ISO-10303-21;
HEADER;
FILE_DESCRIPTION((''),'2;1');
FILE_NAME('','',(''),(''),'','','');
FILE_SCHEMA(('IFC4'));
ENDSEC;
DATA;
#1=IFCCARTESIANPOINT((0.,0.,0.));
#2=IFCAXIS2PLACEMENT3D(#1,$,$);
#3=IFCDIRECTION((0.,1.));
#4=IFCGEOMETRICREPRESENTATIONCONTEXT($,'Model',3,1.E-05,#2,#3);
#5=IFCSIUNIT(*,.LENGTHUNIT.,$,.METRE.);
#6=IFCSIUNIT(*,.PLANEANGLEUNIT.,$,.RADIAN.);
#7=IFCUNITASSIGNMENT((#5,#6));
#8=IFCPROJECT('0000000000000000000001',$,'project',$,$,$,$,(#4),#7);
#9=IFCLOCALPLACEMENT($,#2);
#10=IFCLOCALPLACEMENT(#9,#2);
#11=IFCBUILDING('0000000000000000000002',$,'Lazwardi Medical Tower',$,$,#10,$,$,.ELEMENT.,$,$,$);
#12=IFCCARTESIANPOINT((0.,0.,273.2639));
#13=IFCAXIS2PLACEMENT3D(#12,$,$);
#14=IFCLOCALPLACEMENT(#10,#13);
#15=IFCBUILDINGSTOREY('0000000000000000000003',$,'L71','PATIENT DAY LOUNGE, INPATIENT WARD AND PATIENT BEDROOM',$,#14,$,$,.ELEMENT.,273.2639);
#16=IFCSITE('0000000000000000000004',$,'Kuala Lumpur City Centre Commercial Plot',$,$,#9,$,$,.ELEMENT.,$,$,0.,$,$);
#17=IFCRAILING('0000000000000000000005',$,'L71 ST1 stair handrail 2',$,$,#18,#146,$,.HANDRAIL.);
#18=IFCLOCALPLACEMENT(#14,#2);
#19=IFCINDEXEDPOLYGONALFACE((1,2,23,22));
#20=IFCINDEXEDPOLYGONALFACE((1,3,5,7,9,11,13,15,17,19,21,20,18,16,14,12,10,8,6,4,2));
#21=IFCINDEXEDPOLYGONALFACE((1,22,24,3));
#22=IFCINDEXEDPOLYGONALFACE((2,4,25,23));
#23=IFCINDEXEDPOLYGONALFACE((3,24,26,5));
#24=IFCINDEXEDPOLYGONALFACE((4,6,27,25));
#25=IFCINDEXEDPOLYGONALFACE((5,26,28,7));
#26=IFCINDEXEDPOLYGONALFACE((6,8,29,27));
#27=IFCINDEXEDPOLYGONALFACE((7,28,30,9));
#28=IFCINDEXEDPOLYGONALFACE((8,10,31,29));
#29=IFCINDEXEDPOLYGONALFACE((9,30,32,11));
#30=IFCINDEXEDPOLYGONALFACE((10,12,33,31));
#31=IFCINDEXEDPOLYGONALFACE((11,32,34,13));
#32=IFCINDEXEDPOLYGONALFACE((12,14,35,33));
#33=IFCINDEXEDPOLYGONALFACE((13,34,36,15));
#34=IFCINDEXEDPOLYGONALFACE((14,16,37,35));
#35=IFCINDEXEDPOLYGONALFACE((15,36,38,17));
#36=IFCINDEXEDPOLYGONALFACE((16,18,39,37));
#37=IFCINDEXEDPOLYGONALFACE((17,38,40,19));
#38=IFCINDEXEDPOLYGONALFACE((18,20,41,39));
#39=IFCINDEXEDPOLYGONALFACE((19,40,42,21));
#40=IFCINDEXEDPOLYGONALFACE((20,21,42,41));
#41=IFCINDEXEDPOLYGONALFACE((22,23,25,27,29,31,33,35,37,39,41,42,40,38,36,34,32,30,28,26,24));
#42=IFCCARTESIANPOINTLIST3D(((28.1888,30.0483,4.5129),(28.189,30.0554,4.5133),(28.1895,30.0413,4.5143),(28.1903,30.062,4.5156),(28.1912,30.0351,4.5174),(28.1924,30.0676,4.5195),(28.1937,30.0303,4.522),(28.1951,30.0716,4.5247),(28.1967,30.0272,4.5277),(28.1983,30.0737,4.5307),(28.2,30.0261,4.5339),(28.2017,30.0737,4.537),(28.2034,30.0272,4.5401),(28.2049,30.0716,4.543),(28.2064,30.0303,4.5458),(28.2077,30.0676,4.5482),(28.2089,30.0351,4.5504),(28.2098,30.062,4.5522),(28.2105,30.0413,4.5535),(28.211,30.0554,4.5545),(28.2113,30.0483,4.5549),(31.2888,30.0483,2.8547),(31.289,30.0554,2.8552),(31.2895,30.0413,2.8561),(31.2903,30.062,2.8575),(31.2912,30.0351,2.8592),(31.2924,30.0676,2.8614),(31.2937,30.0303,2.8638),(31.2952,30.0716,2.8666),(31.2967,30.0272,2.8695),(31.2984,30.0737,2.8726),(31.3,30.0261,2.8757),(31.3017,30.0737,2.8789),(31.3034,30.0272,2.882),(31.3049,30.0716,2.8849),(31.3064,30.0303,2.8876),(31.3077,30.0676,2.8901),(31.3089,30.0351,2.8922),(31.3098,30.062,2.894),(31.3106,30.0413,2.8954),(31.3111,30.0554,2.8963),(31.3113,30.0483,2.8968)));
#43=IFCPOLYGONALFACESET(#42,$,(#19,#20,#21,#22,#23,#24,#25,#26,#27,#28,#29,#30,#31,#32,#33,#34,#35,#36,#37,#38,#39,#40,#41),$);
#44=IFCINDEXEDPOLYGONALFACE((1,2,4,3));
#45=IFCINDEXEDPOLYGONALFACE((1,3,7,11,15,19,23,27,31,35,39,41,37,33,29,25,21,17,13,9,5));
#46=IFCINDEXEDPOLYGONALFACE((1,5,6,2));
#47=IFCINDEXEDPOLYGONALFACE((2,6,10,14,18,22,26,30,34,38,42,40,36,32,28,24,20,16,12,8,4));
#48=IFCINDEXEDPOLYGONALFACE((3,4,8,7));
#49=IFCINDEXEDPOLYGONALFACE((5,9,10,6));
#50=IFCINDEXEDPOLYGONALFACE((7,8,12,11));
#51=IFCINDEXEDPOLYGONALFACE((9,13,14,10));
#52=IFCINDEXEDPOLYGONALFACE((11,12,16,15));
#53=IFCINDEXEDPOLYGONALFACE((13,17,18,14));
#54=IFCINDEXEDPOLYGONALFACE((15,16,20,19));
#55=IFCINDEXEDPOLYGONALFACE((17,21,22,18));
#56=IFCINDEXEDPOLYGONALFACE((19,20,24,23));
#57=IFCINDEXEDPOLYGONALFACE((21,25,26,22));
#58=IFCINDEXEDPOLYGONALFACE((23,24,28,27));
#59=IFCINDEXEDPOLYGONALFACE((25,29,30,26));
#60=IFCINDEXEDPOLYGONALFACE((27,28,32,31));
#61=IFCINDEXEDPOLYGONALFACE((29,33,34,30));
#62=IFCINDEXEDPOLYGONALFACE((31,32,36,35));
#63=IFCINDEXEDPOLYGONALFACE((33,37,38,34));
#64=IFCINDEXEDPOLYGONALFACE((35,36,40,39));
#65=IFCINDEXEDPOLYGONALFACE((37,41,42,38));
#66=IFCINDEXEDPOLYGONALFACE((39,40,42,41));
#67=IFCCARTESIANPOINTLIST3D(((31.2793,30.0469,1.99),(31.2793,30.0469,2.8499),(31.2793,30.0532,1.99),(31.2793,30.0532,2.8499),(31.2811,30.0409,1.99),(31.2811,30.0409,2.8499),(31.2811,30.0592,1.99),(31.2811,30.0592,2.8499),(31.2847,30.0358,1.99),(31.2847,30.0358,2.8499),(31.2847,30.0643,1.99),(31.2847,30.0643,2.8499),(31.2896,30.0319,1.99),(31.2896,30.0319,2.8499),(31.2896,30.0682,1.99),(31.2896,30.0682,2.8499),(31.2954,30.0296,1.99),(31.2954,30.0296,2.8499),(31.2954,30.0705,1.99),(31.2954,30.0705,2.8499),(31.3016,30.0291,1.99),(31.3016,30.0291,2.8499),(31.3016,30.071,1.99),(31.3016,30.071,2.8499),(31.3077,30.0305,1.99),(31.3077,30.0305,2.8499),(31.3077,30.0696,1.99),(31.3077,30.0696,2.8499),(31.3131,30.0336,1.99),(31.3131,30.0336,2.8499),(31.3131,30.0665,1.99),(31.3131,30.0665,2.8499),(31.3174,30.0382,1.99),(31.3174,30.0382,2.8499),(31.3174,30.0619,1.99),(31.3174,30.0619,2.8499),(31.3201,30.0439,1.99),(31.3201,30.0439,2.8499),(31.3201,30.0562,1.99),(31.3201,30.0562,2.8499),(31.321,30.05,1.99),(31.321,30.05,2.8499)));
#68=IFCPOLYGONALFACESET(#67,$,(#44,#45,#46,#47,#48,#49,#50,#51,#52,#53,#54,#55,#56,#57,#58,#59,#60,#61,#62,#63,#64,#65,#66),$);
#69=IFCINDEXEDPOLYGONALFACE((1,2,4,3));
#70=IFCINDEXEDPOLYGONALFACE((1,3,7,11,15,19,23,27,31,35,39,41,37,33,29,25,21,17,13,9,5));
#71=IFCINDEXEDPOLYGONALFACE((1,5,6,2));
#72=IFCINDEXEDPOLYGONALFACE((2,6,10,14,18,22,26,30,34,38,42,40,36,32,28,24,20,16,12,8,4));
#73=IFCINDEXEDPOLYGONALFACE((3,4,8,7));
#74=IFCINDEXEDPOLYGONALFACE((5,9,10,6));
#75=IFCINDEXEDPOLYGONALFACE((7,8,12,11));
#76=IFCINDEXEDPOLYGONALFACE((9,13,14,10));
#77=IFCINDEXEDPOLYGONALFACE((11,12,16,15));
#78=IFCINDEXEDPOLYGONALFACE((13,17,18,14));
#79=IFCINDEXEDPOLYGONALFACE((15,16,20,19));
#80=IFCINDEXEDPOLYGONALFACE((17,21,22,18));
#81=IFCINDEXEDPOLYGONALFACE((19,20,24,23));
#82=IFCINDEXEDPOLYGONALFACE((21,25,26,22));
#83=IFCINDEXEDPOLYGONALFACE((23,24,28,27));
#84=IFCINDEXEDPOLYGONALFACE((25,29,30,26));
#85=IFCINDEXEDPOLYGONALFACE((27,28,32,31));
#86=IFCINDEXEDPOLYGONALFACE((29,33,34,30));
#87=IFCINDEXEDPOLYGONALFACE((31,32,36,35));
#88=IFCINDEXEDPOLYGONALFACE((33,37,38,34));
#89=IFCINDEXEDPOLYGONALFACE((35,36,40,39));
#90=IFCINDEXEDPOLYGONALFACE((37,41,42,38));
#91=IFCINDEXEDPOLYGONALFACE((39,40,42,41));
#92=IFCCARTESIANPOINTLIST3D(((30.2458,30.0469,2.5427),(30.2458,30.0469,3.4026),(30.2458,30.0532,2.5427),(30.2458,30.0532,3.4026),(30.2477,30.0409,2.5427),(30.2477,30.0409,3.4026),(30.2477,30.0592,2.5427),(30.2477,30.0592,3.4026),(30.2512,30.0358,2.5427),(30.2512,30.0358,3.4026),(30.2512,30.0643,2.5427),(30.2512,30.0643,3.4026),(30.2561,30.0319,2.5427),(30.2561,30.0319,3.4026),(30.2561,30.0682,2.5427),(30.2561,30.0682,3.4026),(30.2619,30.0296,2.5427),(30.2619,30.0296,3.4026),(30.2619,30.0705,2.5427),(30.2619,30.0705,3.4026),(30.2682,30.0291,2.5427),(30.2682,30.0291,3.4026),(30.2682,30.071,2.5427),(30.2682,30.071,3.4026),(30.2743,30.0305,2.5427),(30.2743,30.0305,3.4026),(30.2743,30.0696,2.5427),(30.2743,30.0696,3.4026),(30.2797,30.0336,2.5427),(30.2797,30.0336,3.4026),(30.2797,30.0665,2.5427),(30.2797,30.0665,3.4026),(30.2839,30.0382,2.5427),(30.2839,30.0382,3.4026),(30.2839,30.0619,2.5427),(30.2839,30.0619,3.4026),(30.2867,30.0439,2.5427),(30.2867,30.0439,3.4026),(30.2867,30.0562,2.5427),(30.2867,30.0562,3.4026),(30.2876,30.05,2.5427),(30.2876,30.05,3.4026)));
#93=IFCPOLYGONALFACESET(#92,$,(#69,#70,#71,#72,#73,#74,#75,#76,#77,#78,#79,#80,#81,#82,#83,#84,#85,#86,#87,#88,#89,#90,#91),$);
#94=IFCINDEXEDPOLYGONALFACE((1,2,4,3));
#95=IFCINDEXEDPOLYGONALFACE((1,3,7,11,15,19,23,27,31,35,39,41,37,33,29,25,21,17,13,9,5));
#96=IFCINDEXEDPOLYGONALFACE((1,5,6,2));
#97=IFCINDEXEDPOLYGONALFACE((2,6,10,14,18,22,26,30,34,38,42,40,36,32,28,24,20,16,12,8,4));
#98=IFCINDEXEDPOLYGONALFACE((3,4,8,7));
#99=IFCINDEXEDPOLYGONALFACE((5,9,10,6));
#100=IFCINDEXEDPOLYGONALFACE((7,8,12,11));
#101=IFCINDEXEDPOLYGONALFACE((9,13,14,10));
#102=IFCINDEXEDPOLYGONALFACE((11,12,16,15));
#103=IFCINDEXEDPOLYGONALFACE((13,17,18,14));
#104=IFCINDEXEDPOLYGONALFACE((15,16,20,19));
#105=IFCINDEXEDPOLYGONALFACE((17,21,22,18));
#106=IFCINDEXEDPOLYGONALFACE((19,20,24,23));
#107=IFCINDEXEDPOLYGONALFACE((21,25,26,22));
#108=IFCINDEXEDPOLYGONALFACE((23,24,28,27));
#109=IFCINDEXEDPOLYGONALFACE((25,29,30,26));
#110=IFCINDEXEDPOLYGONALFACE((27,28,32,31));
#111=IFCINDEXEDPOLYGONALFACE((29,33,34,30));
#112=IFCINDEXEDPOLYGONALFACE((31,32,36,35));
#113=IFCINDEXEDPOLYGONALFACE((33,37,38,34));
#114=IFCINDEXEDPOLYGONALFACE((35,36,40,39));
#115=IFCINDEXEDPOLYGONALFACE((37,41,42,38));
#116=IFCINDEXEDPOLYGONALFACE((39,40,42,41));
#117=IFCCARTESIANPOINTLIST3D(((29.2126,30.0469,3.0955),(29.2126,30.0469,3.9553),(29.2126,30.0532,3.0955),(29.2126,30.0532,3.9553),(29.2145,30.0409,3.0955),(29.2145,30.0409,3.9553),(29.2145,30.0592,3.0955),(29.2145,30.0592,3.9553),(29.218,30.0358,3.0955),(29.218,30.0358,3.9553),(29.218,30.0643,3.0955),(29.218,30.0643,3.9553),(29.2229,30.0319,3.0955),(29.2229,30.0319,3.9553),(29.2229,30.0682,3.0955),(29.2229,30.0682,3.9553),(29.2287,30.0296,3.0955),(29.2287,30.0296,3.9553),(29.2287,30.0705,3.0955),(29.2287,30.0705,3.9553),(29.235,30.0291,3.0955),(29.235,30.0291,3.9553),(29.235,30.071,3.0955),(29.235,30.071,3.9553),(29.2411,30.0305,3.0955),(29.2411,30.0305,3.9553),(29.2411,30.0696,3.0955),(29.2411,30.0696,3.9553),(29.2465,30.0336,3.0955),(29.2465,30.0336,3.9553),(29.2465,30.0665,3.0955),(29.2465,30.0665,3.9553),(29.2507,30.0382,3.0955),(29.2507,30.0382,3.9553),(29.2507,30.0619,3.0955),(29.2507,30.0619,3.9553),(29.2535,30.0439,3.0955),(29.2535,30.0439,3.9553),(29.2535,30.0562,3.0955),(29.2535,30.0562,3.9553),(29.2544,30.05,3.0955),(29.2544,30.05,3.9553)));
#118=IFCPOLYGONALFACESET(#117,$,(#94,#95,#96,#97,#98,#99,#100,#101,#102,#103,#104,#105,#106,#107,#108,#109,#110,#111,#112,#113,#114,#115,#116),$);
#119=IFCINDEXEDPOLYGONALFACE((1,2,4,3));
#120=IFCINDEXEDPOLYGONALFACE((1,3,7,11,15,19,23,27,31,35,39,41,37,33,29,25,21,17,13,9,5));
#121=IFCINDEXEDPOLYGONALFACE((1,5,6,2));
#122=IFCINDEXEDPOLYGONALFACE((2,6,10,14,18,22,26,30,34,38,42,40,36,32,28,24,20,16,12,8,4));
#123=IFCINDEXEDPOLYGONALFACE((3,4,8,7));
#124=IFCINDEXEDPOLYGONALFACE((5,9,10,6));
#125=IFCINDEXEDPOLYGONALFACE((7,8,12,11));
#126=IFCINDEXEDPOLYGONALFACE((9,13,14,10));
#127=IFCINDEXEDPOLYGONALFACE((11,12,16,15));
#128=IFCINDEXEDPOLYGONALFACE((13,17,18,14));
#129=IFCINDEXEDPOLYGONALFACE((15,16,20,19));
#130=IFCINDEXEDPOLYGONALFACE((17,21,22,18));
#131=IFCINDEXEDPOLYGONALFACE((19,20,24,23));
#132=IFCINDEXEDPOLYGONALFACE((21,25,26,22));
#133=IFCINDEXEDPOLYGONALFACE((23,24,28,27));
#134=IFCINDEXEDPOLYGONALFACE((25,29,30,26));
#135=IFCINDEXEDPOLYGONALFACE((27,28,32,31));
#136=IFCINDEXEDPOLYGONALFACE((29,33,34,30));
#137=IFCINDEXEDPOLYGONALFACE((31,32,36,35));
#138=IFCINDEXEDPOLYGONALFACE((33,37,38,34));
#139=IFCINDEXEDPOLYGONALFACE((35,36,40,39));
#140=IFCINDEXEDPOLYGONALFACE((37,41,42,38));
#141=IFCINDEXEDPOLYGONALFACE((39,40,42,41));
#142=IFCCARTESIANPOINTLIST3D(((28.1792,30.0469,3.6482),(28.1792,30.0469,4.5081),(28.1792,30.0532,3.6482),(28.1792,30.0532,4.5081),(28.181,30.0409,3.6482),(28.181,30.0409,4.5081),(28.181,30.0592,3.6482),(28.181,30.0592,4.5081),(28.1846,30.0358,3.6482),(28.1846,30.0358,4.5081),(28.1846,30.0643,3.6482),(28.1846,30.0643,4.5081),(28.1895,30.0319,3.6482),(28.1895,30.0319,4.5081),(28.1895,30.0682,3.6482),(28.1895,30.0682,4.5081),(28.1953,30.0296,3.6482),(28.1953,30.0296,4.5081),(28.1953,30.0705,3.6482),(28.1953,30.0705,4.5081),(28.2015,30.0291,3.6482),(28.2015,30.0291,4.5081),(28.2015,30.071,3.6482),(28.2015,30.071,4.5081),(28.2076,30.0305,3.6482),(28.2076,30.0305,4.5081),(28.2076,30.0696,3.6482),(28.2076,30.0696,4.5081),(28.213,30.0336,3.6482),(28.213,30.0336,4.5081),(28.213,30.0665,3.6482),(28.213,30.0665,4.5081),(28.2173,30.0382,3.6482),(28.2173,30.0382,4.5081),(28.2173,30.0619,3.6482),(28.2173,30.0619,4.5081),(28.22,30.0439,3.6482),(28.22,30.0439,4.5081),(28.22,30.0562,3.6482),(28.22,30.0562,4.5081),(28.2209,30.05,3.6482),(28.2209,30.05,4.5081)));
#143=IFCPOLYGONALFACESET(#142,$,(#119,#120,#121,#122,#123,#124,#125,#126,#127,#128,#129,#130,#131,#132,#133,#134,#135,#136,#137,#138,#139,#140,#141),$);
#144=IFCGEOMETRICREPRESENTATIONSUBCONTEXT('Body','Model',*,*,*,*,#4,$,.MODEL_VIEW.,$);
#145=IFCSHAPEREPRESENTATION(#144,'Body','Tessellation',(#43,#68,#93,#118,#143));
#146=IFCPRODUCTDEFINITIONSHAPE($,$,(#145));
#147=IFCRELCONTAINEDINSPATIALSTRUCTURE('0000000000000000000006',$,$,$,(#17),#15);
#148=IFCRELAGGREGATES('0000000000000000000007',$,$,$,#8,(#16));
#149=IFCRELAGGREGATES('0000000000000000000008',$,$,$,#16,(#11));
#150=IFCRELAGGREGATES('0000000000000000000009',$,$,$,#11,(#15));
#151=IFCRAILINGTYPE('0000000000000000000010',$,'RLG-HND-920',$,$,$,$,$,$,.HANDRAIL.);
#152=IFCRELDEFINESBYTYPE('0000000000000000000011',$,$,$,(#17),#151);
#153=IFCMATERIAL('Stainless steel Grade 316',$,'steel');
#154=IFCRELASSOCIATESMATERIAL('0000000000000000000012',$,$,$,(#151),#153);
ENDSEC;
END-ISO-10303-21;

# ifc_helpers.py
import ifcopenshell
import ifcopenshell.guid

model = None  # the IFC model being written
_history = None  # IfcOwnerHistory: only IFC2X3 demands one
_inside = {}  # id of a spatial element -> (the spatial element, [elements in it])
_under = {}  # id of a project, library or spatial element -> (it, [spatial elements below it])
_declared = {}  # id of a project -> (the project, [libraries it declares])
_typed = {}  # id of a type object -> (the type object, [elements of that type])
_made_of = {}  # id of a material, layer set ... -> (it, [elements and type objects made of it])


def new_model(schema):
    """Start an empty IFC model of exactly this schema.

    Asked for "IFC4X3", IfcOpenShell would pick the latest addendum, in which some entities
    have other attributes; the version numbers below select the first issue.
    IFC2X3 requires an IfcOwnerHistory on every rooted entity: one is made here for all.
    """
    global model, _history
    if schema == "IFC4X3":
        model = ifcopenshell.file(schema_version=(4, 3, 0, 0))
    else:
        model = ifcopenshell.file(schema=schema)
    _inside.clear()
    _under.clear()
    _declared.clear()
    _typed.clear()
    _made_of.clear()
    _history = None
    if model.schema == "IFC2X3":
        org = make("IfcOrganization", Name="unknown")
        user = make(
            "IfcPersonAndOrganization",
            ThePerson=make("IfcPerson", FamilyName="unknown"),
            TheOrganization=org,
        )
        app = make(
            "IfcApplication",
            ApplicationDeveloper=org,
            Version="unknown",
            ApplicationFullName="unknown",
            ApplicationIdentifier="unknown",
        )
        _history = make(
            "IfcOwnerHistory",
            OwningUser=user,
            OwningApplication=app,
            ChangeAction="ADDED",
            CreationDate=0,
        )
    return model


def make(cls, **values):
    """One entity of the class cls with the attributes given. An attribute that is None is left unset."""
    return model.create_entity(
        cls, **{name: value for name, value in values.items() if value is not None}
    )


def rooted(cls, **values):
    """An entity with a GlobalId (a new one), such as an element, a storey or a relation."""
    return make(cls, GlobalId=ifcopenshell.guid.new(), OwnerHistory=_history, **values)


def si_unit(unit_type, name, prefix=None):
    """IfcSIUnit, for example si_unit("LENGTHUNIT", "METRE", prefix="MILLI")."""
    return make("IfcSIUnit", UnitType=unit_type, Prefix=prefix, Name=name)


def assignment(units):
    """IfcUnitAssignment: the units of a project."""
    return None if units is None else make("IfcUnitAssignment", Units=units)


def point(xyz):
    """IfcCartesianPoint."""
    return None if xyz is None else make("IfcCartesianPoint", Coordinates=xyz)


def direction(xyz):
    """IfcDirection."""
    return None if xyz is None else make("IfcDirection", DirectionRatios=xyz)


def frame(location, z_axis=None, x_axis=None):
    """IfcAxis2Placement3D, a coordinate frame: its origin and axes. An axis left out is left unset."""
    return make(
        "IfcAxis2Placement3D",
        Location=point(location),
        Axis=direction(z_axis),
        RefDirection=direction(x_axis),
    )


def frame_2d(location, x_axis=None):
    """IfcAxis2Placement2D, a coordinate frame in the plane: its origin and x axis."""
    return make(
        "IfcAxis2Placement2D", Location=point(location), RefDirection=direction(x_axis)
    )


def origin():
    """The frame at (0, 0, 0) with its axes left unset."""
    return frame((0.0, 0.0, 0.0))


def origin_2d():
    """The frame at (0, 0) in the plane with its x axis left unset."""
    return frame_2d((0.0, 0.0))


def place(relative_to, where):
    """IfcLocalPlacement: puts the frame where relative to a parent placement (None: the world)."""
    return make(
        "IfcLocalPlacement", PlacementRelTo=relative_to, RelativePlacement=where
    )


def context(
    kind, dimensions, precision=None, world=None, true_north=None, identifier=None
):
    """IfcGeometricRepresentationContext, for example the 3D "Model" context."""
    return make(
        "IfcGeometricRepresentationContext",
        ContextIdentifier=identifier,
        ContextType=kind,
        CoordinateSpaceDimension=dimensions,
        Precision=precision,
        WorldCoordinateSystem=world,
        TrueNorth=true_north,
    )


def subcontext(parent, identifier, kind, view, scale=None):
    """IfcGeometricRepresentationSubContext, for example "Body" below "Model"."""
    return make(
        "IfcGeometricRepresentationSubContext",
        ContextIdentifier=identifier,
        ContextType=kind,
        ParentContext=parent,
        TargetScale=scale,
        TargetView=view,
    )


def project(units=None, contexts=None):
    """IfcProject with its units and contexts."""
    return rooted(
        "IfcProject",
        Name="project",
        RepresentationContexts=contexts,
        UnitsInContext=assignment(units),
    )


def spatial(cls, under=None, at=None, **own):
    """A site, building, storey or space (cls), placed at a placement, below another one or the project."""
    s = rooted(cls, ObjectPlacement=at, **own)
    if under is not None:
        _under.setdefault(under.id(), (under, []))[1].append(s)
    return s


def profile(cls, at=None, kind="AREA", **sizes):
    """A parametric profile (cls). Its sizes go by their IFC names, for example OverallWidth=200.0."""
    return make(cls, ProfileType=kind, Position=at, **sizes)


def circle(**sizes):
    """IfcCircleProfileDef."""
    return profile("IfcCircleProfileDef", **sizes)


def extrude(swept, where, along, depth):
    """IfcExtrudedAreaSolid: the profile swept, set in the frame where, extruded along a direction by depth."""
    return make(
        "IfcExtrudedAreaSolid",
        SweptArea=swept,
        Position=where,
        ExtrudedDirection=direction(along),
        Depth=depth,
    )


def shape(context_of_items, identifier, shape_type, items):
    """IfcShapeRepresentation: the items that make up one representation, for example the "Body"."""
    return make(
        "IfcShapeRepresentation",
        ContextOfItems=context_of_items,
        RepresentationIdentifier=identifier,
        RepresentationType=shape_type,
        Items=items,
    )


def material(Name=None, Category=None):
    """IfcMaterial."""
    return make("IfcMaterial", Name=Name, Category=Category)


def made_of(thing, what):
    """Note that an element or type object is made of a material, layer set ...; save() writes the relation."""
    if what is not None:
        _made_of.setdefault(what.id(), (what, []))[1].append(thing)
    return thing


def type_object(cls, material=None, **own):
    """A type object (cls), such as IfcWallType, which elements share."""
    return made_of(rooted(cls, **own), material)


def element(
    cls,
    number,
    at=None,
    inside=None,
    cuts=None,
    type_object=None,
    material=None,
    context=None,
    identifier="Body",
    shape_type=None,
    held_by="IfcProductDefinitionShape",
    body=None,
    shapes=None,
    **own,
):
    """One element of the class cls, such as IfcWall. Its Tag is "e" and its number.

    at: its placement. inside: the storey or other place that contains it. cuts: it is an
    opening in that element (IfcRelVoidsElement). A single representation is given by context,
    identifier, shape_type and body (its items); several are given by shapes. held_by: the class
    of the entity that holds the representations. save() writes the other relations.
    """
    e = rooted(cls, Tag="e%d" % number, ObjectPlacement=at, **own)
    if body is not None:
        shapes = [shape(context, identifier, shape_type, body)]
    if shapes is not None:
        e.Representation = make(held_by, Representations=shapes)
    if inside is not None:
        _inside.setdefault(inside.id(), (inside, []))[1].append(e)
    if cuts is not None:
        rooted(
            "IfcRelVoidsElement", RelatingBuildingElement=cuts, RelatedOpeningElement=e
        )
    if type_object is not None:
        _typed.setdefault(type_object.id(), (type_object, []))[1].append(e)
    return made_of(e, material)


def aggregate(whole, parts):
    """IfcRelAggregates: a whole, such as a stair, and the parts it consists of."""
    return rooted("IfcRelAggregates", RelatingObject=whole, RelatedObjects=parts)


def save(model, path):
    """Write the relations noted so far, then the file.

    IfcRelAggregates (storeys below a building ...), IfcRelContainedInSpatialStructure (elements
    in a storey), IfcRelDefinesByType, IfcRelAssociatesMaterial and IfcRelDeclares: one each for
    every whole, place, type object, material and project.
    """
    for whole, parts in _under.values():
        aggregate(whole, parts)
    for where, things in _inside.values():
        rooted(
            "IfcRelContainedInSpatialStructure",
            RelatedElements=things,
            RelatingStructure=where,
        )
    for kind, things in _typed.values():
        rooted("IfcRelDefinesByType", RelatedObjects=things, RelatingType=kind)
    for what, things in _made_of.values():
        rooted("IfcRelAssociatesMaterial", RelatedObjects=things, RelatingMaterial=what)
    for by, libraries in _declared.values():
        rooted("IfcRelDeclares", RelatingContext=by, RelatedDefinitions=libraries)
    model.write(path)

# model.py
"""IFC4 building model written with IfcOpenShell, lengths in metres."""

from ifc_helpers import new_model, si_unit, direction, frame, origin, origin_2d, place, context, subcontext, project, spatial, circle, extrude, material, type_object, element, save


model = new_model("IFC4")

# Units and contexts
model_context = context("Model", 3, precision=1e-05, world=origin(), true_north=direction((0.0, 1.0)))
body_context = subcontext(model_context, "Body", "Model", "MODEL_VIEW")
ifc_project = project(units=[si_unit("LENGTHUNIT", "METRE"), si_unit("PLANEANGLEUNIT", "RADIAN")], contexts=[model_context])

# Site, building, storey
site_placement = place(None, origin())
site = spatial("IfcSite", under=ifc_project, at=site_placement, Name="Kuala Lumpur City Centre Commercial Plot", CompositionType="ELEMENT", RefElevation=0.0)
building_placement = place(site_placement, origin())
building = spatial("IfcBuilding", under=site, at=building_placement, Name="Lazwardi Medical Tower", CompositionType="ELEMENT")
storey_placement = place(building_placement, frame((0.0, 0.0, 273.2639)))
storey = spatial("IfcBuildingStorey", under=building, at=storey_placement, Name="L71", Description="PATIENT DAY LOUNGE, INPATIENT WARD AND PATIENT BEDROOM", CompositionType="ELEMENT", Elevation=273.2639)

# Railing
ifc_material_1 = material(Name="Stainless steel Grade 316", Category="steel")
railing_type_1 = type_object("IfcRailingType", Name="RLG-HND-920", PredefinedType="HANDRAIL", material=ifc_material_1)
railing_1_placement = place(storey_placement, frame((31.3, 30.05, 1.99)))
element("IfcRailing", 1, at=railing_1_placement, inside=storey, type_object=railing_type_1, Name="L71 ST1 stair handrail 2", PredefinedType="HANDRAIL", context=body_context, shape_type="SweptSolid", body=[
    extrude(circle(Radius=0.0239, at=origin_2d()), frame((0.0, 0.0, 0.8857), z_axis=(-0.881783, 0.0, 0.471655), x_axis=(0.0, -1.0, 0.0)), (0.0, 0.0, 1.0), 3.5156),
    extrude(circle(Radius=0.021, at=origin_2d()), origin(), (0.0, 0.0, 1.0), 0.8599),
    extrude(circle(Radius=0.021, at=origin_2d()), frame((-1.0334, 0.0, 0.5527)), (0.0, 0.0, 1.0), 0.8599),
    extrude(circle(Radius=0.021, at=origin_2d()), frame((-2.0667, 0.0, 1.1055)), (0.0, 0.0, 1.0), 0.8599),
    extrude(circle(Radius=0.021, at=origin_2d()), frame((-3.1001, 0.0, 1.6582)), (0.0, 0.0, 1.0), 0.8599),
])

save(model, "model.ifc")
